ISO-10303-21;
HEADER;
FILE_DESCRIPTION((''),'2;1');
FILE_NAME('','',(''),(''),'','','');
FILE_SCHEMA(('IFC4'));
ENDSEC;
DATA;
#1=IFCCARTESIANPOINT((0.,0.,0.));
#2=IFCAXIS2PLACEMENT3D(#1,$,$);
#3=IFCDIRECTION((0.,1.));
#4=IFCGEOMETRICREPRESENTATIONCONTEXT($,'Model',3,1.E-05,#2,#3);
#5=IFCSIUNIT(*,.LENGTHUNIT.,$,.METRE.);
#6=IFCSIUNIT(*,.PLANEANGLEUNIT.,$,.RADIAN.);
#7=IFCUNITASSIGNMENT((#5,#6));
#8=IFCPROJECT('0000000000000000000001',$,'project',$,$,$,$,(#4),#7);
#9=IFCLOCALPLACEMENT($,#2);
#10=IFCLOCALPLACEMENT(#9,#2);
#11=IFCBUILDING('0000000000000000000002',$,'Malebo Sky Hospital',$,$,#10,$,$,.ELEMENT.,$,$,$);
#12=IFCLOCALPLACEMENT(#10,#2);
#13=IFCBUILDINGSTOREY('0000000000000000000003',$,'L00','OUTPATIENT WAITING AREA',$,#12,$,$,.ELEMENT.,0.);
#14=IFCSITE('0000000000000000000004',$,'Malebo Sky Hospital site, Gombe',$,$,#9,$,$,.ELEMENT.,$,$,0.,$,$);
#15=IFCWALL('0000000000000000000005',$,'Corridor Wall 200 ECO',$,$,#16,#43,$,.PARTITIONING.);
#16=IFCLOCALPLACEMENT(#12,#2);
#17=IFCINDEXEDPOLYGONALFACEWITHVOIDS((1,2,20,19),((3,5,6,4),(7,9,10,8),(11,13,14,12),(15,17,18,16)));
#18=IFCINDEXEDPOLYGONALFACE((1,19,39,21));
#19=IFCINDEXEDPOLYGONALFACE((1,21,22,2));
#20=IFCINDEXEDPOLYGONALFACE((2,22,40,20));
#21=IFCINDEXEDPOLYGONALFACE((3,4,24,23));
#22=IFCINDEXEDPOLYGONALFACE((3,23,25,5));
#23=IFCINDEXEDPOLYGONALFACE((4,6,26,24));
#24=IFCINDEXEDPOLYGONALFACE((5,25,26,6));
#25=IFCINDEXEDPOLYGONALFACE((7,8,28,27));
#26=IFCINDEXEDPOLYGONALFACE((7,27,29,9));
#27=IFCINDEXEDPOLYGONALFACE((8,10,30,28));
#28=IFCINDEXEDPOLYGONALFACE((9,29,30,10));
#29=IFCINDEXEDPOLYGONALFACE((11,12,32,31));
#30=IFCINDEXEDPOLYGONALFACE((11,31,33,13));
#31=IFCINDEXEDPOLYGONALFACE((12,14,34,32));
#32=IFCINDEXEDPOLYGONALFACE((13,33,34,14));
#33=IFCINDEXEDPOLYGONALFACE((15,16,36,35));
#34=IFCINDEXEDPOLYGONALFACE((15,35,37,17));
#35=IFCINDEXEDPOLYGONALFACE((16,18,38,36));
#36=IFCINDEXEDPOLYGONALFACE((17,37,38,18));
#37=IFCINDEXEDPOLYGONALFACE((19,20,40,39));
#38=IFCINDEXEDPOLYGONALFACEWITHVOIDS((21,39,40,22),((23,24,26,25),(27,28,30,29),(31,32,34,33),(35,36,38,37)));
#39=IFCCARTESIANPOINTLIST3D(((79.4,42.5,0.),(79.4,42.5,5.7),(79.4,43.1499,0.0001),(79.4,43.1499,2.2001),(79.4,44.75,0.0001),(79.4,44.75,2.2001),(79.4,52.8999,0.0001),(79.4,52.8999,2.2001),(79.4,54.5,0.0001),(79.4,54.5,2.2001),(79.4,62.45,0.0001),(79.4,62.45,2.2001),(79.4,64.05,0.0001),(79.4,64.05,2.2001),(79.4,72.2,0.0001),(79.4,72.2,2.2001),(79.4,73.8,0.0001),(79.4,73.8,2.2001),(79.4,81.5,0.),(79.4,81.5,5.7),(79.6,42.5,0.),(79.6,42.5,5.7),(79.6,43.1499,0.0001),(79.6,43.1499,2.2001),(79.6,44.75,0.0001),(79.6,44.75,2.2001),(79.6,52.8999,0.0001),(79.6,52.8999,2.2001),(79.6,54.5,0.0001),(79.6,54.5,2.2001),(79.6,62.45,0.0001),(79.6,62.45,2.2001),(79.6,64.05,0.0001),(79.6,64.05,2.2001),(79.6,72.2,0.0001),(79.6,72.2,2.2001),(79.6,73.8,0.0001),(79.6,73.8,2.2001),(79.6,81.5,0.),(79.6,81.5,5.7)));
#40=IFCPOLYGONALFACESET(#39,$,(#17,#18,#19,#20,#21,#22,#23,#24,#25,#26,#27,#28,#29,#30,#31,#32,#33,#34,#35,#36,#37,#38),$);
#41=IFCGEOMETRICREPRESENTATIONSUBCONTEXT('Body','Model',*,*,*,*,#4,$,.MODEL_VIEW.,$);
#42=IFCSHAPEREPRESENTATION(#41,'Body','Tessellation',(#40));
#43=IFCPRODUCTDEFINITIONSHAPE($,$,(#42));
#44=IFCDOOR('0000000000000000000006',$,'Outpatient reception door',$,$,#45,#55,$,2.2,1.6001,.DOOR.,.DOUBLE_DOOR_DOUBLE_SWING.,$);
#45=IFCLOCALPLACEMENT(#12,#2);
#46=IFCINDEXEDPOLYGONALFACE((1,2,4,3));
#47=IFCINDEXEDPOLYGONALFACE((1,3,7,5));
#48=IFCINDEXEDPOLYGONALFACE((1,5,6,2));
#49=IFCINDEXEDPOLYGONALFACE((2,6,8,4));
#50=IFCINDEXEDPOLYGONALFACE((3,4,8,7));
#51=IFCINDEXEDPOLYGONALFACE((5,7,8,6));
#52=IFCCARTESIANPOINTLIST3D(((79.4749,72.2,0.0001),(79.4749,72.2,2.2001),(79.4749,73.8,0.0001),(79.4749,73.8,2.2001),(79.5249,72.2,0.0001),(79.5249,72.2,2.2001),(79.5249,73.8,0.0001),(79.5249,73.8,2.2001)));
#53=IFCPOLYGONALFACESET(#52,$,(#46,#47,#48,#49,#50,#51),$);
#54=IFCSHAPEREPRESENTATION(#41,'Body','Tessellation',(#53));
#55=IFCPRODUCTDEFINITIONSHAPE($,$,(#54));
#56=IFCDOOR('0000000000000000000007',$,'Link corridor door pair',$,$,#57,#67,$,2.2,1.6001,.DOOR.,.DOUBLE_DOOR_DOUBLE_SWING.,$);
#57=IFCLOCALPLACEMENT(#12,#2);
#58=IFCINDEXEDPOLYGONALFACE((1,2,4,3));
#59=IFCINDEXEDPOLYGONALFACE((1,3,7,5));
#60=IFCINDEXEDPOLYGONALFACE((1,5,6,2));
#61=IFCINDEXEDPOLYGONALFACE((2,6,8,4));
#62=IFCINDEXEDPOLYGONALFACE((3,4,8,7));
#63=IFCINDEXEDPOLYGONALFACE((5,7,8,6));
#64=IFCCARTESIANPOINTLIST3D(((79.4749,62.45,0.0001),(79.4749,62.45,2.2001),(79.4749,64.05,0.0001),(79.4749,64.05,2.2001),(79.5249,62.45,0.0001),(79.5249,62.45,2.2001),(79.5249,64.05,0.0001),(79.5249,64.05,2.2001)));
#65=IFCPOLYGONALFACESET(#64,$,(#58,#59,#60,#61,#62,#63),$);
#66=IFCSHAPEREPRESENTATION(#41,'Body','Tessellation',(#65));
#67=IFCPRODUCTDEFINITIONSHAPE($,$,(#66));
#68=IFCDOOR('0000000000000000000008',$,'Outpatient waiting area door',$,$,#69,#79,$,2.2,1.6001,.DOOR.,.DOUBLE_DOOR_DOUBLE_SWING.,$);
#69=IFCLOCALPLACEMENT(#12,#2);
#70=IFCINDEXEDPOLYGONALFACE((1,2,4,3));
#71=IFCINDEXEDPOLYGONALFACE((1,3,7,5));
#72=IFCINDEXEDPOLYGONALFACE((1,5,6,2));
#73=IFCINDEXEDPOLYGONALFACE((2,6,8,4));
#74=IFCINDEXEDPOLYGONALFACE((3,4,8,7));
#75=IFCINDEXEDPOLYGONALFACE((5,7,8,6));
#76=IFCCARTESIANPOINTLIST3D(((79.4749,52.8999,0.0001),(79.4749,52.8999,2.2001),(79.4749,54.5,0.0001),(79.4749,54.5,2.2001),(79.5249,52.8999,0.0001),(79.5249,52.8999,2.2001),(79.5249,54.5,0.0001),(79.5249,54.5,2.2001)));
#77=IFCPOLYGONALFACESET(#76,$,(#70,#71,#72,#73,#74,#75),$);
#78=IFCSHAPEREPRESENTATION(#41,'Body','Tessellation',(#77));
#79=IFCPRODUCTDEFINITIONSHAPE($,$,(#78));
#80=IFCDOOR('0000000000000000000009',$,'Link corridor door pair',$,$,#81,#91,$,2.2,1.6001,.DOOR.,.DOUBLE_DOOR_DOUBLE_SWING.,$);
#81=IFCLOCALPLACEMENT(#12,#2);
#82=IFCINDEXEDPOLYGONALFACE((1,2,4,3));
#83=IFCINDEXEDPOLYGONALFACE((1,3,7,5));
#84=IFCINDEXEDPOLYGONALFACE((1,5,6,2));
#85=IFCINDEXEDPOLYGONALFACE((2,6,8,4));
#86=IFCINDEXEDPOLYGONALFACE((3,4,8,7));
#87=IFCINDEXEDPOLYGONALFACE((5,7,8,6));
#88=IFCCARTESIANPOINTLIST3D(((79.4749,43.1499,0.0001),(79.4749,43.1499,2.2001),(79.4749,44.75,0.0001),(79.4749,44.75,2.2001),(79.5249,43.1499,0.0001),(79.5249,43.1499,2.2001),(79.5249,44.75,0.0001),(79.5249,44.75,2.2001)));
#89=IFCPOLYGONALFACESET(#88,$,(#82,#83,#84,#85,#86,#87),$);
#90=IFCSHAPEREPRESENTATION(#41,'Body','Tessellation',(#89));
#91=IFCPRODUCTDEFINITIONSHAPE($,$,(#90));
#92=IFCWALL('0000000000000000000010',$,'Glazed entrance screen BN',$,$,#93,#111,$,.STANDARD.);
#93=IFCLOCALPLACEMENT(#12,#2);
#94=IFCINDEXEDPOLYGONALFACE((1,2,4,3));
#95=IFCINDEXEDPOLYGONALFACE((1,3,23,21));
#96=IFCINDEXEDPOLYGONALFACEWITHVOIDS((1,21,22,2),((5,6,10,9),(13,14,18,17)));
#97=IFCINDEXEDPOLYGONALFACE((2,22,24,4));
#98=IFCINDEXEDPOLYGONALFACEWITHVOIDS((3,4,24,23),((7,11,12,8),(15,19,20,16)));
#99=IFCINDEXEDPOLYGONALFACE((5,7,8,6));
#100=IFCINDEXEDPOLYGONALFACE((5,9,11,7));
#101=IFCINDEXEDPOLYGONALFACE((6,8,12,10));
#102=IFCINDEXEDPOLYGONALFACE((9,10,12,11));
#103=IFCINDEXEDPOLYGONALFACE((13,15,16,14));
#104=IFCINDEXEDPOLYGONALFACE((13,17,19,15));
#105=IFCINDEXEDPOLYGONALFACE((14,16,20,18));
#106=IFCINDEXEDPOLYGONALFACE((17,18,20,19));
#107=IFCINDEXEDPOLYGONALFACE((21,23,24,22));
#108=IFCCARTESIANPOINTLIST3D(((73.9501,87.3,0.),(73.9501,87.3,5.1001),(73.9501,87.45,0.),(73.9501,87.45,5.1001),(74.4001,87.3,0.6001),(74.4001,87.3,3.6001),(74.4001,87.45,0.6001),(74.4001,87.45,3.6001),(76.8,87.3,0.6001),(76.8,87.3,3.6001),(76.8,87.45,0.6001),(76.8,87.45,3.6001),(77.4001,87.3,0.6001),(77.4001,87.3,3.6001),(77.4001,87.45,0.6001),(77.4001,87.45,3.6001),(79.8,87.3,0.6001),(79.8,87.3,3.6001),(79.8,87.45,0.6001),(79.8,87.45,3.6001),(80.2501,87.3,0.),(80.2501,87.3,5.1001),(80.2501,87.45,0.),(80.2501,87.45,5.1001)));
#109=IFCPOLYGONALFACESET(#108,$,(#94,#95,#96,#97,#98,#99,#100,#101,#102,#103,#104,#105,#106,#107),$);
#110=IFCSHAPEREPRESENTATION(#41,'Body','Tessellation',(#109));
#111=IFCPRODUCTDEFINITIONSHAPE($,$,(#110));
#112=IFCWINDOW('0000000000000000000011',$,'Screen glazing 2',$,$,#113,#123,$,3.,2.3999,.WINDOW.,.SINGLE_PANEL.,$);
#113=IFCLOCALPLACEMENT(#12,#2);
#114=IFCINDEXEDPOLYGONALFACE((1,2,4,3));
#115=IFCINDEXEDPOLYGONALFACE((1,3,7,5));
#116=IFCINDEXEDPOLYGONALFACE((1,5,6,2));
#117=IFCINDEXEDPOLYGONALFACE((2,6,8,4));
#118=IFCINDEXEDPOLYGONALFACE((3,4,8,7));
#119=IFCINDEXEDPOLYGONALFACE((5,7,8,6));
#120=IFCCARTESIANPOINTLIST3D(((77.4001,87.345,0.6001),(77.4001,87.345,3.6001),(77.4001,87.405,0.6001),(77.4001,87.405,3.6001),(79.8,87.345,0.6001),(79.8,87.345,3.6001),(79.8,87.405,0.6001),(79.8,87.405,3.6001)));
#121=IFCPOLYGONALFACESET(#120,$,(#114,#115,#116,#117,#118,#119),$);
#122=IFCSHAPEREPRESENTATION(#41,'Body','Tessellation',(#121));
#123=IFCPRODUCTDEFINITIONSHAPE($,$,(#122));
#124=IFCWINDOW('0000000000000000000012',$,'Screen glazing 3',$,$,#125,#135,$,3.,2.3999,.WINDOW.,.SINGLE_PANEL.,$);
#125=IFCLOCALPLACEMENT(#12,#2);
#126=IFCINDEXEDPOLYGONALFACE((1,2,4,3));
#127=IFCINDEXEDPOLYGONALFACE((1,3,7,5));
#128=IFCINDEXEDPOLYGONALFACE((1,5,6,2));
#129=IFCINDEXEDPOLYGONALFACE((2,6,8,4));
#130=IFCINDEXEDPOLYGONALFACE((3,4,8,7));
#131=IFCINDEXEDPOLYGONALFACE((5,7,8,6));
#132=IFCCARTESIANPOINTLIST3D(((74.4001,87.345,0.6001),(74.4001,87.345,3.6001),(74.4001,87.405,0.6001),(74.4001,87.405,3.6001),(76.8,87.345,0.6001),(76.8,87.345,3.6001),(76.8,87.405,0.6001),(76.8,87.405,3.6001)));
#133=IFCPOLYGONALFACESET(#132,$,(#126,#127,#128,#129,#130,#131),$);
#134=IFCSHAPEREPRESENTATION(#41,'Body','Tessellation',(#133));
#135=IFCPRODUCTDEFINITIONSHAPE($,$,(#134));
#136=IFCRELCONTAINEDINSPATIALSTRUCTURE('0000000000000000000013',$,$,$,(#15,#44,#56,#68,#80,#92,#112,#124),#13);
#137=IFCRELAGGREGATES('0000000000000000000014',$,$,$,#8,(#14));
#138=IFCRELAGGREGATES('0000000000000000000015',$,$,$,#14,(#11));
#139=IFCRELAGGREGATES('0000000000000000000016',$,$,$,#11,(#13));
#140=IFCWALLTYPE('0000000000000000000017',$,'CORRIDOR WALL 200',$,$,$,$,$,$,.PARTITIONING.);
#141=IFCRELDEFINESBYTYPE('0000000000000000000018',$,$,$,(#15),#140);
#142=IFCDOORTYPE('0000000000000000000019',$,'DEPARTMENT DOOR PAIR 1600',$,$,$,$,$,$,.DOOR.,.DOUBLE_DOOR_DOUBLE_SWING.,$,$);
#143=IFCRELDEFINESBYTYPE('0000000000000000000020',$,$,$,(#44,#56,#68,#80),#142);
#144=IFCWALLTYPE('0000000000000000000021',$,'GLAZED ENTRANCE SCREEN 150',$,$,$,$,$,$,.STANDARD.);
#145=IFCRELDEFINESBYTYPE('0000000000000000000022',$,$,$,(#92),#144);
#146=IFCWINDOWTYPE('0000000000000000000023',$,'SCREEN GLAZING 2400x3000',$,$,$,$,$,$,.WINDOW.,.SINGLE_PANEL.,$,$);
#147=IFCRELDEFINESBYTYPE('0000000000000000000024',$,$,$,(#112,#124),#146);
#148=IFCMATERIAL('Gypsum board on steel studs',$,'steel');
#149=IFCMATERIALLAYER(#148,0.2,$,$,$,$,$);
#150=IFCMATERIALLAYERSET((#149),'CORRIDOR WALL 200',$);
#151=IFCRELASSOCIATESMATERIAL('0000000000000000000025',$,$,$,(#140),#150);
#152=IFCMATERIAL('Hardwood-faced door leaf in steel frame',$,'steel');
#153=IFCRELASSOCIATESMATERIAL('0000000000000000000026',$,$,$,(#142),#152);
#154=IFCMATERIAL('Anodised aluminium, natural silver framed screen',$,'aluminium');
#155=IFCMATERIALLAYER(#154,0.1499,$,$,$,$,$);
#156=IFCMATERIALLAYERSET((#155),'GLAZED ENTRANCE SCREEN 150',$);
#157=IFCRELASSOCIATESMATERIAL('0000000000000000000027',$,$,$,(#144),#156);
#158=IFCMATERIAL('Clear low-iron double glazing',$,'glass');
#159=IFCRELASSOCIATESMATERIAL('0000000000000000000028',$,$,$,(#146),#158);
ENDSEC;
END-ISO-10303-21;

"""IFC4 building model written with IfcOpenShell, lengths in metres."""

from ifc_helpers import new_model, si_unit, direction, frame, frame_2d, origin, place, context, subcontext, project, spatial, rectangle, extrude, material, layer, layer_set, type_object, element, fill, save


model = new_model("IFC4")

# Units and contexts
model_context = context("Model", 3, precision=1e-05, world=origin(), true_north=direction((0.0, 1.0)))
body_context = subcontext(model_context, "Body", "Model", "MODEL_VIEW")
ifc_project = project(units=[si_unit("LENGTHUNIT", "METRE"), si_unit("PLANEANGLEUNIT", "RADIAN")], contexts=[model_context])

# Site, building, storey
site_placement = place(None, origin())
site = spatial("IfcSite", under=ifc_project, at=site_placement, Name="Malebo Sky Hospital site, Gombe", CompositionType="ELEMENT", RefElevation=0.0)
building_placement = place(site_placement, origin())
building = spatial("IfcBuilding", under=site, at=building_placement, Name="Malebo Sky Hospital", CompositionType="ELEMENT")
storey_placement = place(building_placement, origin())
storey = spatial("IfcBuildingStorey", under=building, at=storey_placement, Name="L00", Description="OUTPATIENT WAITING AREA", CompositionType="ELEMENT", Elevation=0.0)

# Wall, openings, doors
ifc_material_1 = material(Name="Gypsum board on steel studs", Category="steel")
ifc_layer_1 = layer(ifc_material_1, 0.2)
ifc_layer_set_1 = layer_set([ifc_layer_1], Name="CORRIDOR WALL 200")
wall_type_1 = type_object("IfcWallType", Name="CORRIDOR WALL 200", PredefinedType="PARTITIONING", material=ifc_layer_set_1)
wall_1_placement = place(storey_placement, frame((79.5, 81.5, 0.0), z_axis=(0.0, 0.0, 1.0), x_axis=(0.0, -1.0, 0.0)))
wall_1 = element("IfcWall", 1, at=wall_1_placement, inside=storey, type_object=wall_type_1, Name="Corridor Wall 200 ECO", PredefinedType="PARTITIONING", context=body_context, shape_type="SweptSolid", body=[
    extrude(rectangle(XDim=39.0, YDim=0.2, at=frame_2d((19.5, 0.0))), origin(), (0.0, 0.0, 1.0), 5.7),
])
opening_1_placement = place(wall_1_placement, frame((7.7, 0.0, 0.0)))
opening_1 = element("IfcOpeningElement", 2, at=opening_1_placement, cuts=wall_1, PredefinedType="OPENING", context=body_context, shape_type="SweptSolid", body=[
    extrude(rectangle(XDim=1.6001, YDim=2.2, at=frame_2d((0.8, 1.1001))), frame((0.0, 0.1099, 0.0), z_axis=(0.0, -1.0, 0.0), x_axis=(1.0, 0.0, 0.0)), (0.0, 0.0, 1.0), 0.22),
])
opening_2_placement = place(wall_1_placement, frame((17.45, 0.0, 0.0)))
opening_2 = element("IfcOpeningElement", 3, at=opening_2_placement, cuts=wall_1, PredefinedType="OPENING", context=body_context, shape_type="SweptSolid", body=[
    extrude(rectangle(XDim=1.6001, YDim=2.2, at=frame_2d((0.8, 1.1001))), frame((0.0, 0.1099, 0.0), z_axis=(0.0, -1.0, 0.0), x_axis=(1.0, 0.0, 0.0)), (0.0, 0.0, 1.0), 0.22),
])
opening_3_placement = place(wall_1_placement, frame((27.0, 0.0, 0.0)))
opening_3 = element("IfcOpeningElement", 4, at=opening_3_placement, cuts=wall_1, PredefinedType="OPENING", context=body_context, shape_type="SweptSolid", body=[
    extrude(rectangle(XDim=1.6001, YDim=2.2, at=frame_2d((0.8, 1.1001))), frame((0.0, 0.1099, 0.0), z_axis=(0.0, -1.0, 0.0), x_axis=(1.0, 0.0, 0.0)), (0.0, 0.0, 1.0), 0.22),
])
opening_4_placement = place(wall_1_placement, frame((36.75, 0.0, 0.0)))
opening_4 = element("IfcOpeningElement", 5, at=opening_4_placement, cuts=wall_1, PredefinedType="OPENING", context=body_context, shape_type="SweptSolid", body=[
    extrude(rectangle(XDim=1.6001, YDim=2.2, at=frame_2d((0.8, 1.1001))), frame((0.0, 0.1099, 0.0), z_axis=(0.0, -1.0, 0.0), x_axis=(1.0, 0.0, 0.0)), (0.0, 0.0, 1.0), 0.22),
])
ifc_material_2 = material(Name="Hardwood-faced door leaf in steel frame", Category="steel")
door_type_1 = type_object("IfcDoorType", Name="DEPARTMENT DOOR PAIR 1600", OperationType="DOUBLE_DOOR_DOUBLE_SWING", PredefinedType="DOOR", material=ifc_material_2)
door_1_placement = place(opening_1_placement, origin())
door_1 = element("IfcDoor", 6, at=door_1_placement, inside=storey, type_object=door_type_1, Name="Outpatient reception door", OperationType="DOUBLE_DOOR_DOUBLE_SWING", OverallHeight=2.2, OverallWidth=1.6001, PredefinedType="DOOR", context=body_context, shape_type="SweptSolid", body=[
    extrude(rectangle(XDim=1.6001, YDim=2.2, at=frame_2d((0.8, 1.1001))), frame((0.0, 0.0249, 0.0), z_axis=(0.0, -1.0, 0.0), x_axis=(1.0, 0.0, 0.0)), (0.0, 0.0, 1.0), 0.05),
])
fill(opening_1, door_1)
door_2_placement = place(opening_2_placement, origin())
door_2 = element("IfcDoor", 7, at=door_2_placement, inside=storey, type_object=door_type_1, Name="Link corridor door pair", OperationType="DOUBLE_DOOR_DOUBLE_SWING", OverallHeight=2.2, OverallWidth=1.6001, PredefinedType="DOOR", context=body_context, shape_type="SweptSolid", body=[
    extrude(rectangle(XDim=1.6001, YDim=2.2, at=frame_2d((0.8, 1.1001))), frame((0.0, 0.0249, 0.0), z_axis=(0.0, -1.0, 0.0), x_axis=(1.0, 0.0, 0.0)), (0.0, 0.0, 1.0), 0.05),
])
fill(opening_2, door_2)
door_3_placement = place(opening_3_placement, origin())
door_3 = element("IfcDoor", 8, at=door_3_placement, inside=storey, type_object=door_type_1, Name="Outpatient waiting area door", OperationType="DOUBLE_DOOR_DOUBLE_SWING", OverallHeight=2.2, OverallWidth=1.6001, PredefinedType="DOOR", context=body_context, shape_type="SweptSolid", body=[
    extrude(rectangle(XDim=1.6001, YDim=2.2, at=frame_2d((0.8, 1.1001))), frame((0.0, 0.0249, 0.0), z_axis=(0.0, -1.0, 0.0), x_axis=(1.0, 0.0, 0.0)), (0.0, 0.0, 1.0), 0.05),
])
fill(opening_3, door_3)
door_4_placement = place(opening_4_placement, origin())
door_4 = element("IfcDoor", 9, at=door_4_placement, inside=storey, type_object=door_type_1, Name="Link corridor door pair", OperationType="DOUBLE_DOOR_DOUBLE_SWING", OverallHeight=2.2, OverallWidth=1.6001, PredefinedType="DOOR", context=body_context, shape_type="SweptSolid", body=[
    extrude(rectangle(XDim=1.6001, YDim=2.2, at=frame_2d((0.8, 1.1001))), frame((0.0, 0.0249, 0.0), z_axis=(0.0, -1.0, 0.0), x_axis=(1.0, 0.0, 0.0)), (0.0, 0.0, 1.0), 0.05),
])
fill(opening_4, door_4)

# Wall, openings, windows
ifc_material_3 = material(Name="Anodised aluminium, natural silver framed screen", Category="aluminium")
ifc_layer_2 = layer(ifc_material_3, 0.1499)
ifc_layer_set_2 = layer_set([ifc_layer_2], Name="GLAZED ENTRANCE SCREEN 150")
wall_type_2 = type_object("IfcWallType", Name="GLAZED ENTRANCE SCREEN 150", PredefinedType="STANDARD", material=ifc_layer_set_2)
wall_2_placement = place(storey_placement, frame((80.25, 87.375, 0.0), z_axis=(0.0, 0.0, 1.0), x_axis=(-1.0, 0.0, 0.0)))
wall_2 = element("IfcWall", 10, at=wall_2_placement, inside=storey, type_object=wall_type_2, Name="Glazed entrance screen BN", PredefinedType="STANDARD", context=body_context, shape_type="SweptSolid", body=[
    extrude(rectangle(XDim=6.3, YDim=0.1499, at=frame_2d((3.1499, 0.0))), origin(), (0.0, 0.0, 1.0), 5.1001),
])
opening_5_placement = place(wall_2_placement, frame((0.45, 0.0, 0.6001)))
opening_5 = element("IfcOpeningElement", 11, at=opening_5_placement, cuts=wall_2, PredefinedType="OPENING", context=body_context, shape_type="SweptSolid", body=[
    extrude(rectangle(XDim=2.3999, YDim=3.0, at=frame_2d((1.2, 1.5))), frame((0.0, 0.085, 0.0), z_axis=(0.0, -1.0, 0.0), x_axis=(1.0, 0.0, 0.0)), (0.0, 0.0, 1.0), 0.1699),
])
opening_6_placement = place(wall_2_placement, frame((3.45, 0.0, 0.6001)))
opening_6 = element("IfcOpeningElement", 12, at=opening_6_placement, cuts=wall_2, PredefinedType="OPENING", context=body_context, shape_type="SweptSolid", body=[
    extrude(rectangle(XDim=2.3999, YDim=3.0, at=frame_2d((1.2, 1.5))), frame((0.0, 0.085, 0.0), z_axis=(0.0, -1.0, 0.0), x_axis=(1.0, 0.0, 0.0)), (0.0, 0.0, 1.0), 0.1699),
])
ifc_material_4 = material(Name="Clear low-iron double glazing", Category="glass")
window_type = type_object("IfcWindowType", Name="SCREEN GLAZING 2400x3000", PartitioningType="SINGLE_PANEL", PredefinedType="WINDOW", material=ifc_material_4)
window_1_placement = place(opening_5_placement, origin())
window_1 = element("IfcWindow", 13, at=window_1_placement, inside=storey, type_object=window_type, Name="Screen glazing 2", OverallHeight=3.0, OverallWidth=2.3999, PartitioningType="SINGLE_PANEL", PredefinedType="WINDOW", context=body_context, shape_type="SweptSolid", body=[
    extrude(rectangle(XDim=2.3999, YDim=3.0, at=frame_2d((1.2, 1.5))), frame((0.0, 0.03, 0.0), z_axis=(0.0, -1.0, 0.0), x_axis=(1.0, 0.0, 0.0)), (0.0, 0.0, 1.0), 0.0601),
])
fill(opening_5, window_1)
window_2_placement = place(opening_6_placement, origin())
window_2 = element("IfcWindow", 14, at=window_2_placement, inside=storey, type_object=window_type, Name="Screen glazing 3", OverallHeight=3.0, OverallWidth=2.3999, PartitioningType="SINGLE_PANEL", PredefinedType="WINDOW", context=body_context, shape_type="SweptSolid", body=[
    extrude(rectangle(XDim=2.3999, YDim=3.0, at=frame_2d((1.2, 1.5))), frame((0.0, 0.03, 0.0), z_axis=(0.0, -1.0, 0.0), x_axis=(1.0, 0.0, 0.0)), (0.0, 0.0, 1.0), 0.0601),
])
fill(opening_6, window_2)

save(model, "model.ifc")
